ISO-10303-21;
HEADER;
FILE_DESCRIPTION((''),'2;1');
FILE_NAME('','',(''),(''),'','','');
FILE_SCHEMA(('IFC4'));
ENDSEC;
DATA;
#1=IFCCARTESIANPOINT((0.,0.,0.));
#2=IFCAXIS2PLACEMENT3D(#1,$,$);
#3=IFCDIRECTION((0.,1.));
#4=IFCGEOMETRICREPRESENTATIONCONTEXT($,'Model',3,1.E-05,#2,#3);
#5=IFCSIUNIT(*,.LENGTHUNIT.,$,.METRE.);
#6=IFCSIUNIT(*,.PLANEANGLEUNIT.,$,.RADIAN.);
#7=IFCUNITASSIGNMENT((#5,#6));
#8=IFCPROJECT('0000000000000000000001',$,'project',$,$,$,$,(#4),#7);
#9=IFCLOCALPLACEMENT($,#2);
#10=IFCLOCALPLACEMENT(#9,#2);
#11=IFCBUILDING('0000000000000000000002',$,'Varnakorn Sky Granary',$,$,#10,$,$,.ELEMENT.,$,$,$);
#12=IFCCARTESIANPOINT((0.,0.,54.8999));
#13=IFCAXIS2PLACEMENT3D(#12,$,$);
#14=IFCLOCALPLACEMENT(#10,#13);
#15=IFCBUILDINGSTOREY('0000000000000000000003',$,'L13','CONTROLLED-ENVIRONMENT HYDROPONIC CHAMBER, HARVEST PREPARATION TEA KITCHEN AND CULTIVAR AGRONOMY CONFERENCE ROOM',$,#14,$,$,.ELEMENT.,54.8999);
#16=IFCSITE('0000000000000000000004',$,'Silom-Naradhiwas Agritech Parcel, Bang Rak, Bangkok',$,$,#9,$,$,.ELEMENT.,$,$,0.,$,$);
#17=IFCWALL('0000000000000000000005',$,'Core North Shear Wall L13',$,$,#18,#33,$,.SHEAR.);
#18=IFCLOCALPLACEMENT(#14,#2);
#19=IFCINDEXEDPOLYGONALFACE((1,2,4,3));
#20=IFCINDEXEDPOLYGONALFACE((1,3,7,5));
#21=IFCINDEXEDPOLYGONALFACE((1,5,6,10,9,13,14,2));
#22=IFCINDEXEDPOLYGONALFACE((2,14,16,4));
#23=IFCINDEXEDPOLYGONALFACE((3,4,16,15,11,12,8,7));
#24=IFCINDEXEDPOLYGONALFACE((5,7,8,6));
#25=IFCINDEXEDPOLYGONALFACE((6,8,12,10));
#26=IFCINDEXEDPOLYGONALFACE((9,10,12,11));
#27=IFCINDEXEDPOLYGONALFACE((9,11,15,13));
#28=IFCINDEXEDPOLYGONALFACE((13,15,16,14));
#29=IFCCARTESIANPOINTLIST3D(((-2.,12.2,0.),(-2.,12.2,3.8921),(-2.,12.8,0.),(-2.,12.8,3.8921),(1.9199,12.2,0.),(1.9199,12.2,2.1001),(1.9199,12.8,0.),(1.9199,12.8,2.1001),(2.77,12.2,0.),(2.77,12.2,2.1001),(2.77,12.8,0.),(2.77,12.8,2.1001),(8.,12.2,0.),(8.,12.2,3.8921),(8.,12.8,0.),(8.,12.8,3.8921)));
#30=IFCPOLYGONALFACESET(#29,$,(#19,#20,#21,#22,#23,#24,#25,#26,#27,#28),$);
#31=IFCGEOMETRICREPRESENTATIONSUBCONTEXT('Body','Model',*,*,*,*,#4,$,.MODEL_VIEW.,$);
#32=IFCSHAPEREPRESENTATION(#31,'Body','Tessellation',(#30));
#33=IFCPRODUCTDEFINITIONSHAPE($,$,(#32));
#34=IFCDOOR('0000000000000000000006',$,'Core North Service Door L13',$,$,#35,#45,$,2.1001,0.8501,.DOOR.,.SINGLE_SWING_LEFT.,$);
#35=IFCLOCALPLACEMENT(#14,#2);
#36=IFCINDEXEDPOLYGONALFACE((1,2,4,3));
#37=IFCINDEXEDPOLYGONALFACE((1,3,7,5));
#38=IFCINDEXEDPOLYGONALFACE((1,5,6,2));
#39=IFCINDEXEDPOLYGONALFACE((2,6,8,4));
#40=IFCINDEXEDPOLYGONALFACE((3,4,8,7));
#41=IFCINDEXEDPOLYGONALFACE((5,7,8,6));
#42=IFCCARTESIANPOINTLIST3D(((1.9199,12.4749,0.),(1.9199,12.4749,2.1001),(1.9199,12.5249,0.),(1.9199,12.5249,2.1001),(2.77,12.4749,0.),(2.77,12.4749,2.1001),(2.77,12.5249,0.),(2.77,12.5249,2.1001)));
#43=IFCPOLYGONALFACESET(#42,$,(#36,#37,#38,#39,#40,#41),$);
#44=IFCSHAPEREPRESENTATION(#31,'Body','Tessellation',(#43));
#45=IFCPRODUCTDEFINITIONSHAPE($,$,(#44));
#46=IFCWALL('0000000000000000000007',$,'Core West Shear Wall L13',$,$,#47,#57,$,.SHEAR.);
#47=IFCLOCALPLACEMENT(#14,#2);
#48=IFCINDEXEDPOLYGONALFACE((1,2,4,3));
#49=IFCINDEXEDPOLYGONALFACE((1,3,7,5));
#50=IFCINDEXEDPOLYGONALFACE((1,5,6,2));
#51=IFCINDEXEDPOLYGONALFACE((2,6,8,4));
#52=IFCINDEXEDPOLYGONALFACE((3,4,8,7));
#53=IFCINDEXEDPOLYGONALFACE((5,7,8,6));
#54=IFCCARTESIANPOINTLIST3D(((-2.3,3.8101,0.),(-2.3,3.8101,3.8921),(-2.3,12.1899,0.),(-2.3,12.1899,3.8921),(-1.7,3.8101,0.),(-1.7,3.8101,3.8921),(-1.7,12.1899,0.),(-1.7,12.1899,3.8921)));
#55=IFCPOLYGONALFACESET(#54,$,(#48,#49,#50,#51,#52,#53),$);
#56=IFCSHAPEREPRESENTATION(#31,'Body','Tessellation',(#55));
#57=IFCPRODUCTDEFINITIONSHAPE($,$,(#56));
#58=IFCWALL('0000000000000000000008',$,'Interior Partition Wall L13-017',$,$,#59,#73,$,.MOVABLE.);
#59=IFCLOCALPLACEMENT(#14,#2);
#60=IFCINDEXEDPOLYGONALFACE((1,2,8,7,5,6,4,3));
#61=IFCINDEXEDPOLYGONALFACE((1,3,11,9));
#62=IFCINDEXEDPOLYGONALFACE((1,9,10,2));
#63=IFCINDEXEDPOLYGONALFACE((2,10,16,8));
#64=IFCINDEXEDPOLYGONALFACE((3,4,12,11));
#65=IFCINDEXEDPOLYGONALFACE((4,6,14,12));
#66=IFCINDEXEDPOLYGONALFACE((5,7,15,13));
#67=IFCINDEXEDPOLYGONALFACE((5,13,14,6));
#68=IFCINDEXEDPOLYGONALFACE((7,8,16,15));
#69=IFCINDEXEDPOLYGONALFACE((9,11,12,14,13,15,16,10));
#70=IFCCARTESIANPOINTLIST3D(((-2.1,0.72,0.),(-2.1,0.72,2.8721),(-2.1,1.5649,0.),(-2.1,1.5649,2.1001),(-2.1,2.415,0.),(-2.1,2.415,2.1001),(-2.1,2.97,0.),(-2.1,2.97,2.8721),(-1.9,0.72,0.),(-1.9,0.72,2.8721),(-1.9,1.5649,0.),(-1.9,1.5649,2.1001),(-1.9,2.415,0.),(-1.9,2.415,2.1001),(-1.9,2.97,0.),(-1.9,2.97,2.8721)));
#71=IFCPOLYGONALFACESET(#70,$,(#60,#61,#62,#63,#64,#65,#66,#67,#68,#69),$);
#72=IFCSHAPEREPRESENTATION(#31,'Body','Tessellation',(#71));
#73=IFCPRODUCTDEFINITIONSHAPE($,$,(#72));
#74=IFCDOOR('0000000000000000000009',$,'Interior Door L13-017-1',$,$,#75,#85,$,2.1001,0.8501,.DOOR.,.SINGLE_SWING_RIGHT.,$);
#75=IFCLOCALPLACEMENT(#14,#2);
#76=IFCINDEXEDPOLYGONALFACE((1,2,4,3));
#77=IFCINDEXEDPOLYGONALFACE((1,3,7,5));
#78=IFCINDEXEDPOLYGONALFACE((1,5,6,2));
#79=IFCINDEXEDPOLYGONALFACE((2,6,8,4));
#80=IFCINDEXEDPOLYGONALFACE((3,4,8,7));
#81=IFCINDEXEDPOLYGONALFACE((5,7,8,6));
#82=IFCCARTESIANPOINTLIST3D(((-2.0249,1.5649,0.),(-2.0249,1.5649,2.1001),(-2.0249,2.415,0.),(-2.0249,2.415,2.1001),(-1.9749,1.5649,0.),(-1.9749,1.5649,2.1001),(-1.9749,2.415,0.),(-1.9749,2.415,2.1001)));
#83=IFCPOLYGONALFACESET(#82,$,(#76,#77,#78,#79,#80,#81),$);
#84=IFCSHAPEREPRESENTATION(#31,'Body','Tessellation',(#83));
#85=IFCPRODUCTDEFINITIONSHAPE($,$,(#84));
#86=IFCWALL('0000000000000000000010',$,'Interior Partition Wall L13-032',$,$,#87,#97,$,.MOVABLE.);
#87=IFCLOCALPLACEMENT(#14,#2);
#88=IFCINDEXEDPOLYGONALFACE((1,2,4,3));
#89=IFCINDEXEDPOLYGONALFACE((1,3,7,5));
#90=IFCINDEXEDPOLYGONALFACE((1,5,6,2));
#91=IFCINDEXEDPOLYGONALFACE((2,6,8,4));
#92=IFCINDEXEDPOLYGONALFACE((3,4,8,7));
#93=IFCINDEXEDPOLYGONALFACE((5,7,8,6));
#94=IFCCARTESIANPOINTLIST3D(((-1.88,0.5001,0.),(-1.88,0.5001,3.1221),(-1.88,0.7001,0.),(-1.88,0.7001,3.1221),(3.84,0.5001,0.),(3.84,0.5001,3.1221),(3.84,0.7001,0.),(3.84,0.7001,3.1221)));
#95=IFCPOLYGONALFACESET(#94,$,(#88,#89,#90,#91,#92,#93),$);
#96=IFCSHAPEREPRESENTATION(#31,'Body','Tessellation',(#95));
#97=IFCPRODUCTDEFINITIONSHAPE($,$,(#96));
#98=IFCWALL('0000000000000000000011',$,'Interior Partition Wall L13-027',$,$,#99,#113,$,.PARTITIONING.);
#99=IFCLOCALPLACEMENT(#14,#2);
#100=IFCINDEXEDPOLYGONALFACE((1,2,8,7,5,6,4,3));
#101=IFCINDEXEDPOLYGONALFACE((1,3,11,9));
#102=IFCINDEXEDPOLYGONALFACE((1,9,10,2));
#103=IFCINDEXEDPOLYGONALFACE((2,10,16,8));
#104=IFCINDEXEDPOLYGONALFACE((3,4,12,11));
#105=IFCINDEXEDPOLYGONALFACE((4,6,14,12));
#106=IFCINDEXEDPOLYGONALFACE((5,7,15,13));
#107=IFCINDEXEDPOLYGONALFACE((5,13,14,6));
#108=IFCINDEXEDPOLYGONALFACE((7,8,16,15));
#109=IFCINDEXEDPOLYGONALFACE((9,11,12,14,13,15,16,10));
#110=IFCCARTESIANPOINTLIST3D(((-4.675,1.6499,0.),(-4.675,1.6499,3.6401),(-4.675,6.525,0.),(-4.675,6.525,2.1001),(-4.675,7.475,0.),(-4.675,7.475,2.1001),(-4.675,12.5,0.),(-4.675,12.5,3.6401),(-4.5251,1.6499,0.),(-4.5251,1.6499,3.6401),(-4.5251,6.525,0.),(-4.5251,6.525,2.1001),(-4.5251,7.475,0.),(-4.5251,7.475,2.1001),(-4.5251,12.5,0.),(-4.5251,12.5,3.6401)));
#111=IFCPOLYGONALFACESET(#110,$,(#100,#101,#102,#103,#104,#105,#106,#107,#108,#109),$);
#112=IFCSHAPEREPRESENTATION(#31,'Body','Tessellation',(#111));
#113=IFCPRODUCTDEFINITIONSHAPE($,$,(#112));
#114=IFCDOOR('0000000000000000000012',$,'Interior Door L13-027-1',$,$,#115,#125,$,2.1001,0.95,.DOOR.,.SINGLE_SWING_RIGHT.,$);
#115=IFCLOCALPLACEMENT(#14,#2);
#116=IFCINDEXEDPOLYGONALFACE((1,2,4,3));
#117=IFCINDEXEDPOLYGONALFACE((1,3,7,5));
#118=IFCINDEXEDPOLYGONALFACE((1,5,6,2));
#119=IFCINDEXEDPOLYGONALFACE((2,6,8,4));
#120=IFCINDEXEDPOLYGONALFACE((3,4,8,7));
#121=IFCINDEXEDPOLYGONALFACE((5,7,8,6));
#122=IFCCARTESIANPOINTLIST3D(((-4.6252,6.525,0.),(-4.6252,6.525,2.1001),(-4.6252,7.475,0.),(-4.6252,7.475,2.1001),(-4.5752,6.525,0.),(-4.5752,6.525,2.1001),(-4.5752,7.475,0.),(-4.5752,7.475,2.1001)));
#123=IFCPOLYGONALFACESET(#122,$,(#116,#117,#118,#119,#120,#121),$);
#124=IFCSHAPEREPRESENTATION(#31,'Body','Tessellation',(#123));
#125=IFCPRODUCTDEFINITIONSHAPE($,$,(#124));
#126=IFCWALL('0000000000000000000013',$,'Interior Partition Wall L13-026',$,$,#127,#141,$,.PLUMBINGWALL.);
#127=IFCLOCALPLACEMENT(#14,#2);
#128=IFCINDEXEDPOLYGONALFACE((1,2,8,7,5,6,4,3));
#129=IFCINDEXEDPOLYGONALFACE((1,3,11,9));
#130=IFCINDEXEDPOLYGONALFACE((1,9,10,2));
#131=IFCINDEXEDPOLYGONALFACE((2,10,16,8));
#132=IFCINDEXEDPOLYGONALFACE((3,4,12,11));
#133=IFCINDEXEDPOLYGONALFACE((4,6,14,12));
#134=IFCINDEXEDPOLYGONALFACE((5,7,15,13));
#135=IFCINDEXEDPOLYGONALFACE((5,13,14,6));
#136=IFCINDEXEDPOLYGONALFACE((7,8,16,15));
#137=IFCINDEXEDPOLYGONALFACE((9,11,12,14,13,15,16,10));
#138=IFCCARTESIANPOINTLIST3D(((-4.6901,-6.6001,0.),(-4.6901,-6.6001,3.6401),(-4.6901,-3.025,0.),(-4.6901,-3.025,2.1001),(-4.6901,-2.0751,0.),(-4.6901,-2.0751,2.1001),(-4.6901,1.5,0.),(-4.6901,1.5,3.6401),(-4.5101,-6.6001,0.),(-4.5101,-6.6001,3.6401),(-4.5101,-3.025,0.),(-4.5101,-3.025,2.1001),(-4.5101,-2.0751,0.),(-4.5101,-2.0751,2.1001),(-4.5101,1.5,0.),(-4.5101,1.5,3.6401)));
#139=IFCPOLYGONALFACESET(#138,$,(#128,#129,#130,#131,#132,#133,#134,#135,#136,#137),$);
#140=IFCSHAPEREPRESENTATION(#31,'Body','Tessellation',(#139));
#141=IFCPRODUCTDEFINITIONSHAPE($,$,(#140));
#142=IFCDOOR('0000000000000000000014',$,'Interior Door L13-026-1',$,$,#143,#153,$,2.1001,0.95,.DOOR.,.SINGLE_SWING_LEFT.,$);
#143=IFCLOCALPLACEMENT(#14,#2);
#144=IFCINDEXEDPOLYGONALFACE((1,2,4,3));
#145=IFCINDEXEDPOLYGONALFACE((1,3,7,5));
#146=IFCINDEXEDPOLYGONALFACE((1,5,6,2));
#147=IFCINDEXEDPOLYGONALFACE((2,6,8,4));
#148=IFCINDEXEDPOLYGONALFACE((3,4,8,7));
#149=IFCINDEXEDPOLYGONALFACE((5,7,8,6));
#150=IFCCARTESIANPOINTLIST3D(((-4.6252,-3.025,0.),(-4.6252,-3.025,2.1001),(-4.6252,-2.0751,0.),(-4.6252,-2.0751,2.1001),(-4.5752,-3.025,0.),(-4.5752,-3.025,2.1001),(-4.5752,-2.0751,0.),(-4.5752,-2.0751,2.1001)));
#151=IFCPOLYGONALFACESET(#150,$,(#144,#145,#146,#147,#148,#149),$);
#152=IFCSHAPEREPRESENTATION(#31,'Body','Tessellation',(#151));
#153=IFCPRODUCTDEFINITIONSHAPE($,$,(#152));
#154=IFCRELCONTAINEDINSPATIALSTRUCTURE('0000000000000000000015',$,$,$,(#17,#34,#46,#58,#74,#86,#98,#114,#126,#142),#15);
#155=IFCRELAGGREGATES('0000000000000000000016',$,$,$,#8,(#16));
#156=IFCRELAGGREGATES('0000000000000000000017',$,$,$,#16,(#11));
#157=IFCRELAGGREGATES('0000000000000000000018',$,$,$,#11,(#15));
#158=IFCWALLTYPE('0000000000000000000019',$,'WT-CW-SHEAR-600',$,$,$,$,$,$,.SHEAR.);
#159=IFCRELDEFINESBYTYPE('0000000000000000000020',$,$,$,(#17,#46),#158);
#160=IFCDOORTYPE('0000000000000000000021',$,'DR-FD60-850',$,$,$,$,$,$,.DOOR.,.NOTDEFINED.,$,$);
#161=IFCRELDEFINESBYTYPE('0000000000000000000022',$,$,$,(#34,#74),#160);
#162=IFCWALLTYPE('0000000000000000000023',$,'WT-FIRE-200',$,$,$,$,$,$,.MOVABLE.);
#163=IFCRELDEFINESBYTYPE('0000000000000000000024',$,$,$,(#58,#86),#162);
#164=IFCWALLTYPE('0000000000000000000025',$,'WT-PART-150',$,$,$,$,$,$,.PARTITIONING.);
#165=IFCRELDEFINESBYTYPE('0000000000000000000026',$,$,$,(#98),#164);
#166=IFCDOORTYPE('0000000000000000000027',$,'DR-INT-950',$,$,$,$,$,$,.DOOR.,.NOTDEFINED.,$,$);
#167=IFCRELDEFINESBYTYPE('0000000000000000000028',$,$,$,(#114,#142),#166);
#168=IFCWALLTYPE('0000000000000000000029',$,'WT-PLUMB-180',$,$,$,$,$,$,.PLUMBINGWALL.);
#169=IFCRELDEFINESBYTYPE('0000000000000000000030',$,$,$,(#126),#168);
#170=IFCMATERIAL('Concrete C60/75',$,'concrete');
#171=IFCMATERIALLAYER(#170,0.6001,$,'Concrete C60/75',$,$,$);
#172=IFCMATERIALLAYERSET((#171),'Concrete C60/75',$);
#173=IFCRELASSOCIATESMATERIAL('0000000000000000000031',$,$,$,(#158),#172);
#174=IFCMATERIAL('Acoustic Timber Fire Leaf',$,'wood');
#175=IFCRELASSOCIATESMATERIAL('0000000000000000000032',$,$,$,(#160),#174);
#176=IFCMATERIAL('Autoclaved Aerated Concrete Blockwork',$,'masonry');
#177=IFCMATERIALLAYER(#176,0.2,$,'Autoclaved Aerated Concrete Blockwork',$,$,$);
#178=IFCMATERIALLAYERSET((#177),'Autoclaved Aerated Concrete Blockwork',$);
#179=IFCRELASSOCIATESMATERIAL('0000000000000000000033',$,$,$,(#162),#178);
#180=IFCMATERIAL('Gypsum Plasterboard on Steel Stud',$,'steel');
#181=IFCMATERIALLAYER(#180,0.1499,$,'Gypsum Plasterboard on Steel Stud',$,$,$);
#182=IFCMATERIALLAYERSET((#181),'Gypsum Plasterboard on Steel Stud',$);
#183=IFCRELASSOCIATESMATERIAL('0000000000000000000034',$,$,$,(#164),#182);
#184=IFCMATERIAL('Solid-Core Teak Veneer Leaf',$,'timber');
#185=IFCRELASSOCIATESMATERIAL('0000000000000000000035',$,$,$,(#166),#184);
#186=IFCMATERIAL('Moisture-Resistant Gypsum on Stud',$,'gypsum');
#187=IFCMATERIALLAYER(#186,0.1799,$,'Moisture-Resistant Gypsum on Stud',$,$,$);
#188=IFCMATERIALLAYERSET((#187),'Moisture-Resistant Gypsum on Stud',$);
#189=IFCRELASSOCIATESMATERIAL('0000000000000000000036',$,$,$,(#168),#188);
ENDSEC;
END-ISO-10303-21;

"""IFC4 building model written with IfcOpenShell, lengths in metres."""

from ifc_helpers import new_model, si_unit, direction, frame, frame_2d, origin, place, context, subcontext, project, spatial, rectangle, extrude, material, layer, layer_set, type_object, element, fill, save


model = new_model("IFC4")

# Units and contexts
model_context = context("Model", 3, precision=1e-05, world=origin(), true_north=direction((0.0, 1.0)))
body_context = subcontext(model_context, "Body", "Model", "MODEL_VIEW")
ifc_project = project(units=[si_unit("LENGTHUNIT", "METRE"), si_unit("PLANEANGLEUNIT", "RADIAN")], contexts=[model_context])

# Site, building, storey
site_placement = place(None, origin())
site = spatial("IfcSite", under=ifc_project, at=site_placement, Name="Silom-Naradhiwas Agritech Parcel, Bang Rak, Bangkok", CompositionType="ELEMENT", RefElevation=0.0)
building_placement = place(site_placement, origin())
building = spatial("IfcBuilding", under=site, at=building_placement, Name="Varnakorn Sky Granary", CompositionType="ELEMENT")
storey_placement = place(building_placement, frame((0.0, 0.0, 54.8999)))
storey = spatial("IfcBuildingStorey", under=building, at=storey_placement, Name="L13", Description="CONTROLLED-ENVIRONMENT HYDROPONIC CHAMBER, HARVEST PREPARATION TEA KITCHEN AND CULTIVAR AGRONOMY CONFERENCE ROOM", CompositionType="ELEMENT", Elevation=54.8999)

# Shared definitions
ifc_material_1 = material(Name="Concrete C60/75", Category="concrete")

# Shared definitions
ifc_layer_1 = layer(ifc_material_1, 0.6001, Name="Concrete C60/75")
ifc_layer_set_1 = layer_set([ifc_layer_1], Name="Concrete C60/75")
wall_type_1 = type_object("IfcWallType", Name="WT-CW-SHEAR-600", PredefinedType="SHEAR", material=ifc_layer_set_1)

# Wall, opening, door
wall_1_placement = place(storey_placement, frame((-2.0, 12.5, 0.0), z_axis=(0.0, 0.0, 1.0), x_axis=(1.0, 0.0, 0.0)))
wall_1 = element("IfcWall", 1, at=wall_1_placement, inside=storey, type_object=wall_type_1, Name="Core North Shear Wall L13", PredefinedType="SHEAR", context=body_context, shape_type="SweptSolid", body=[
    extrude(rectangle(XDim=10.0, YDim=0.6001, at=frame_2d((5.0, 0.0))), origin(), (0.0, 0.0, 1.0), 3.8921),
])
opening_1_placement = place(wall_1_placement, frame((3.9199, 0.0, 0.0)))
opening_1 = element("IfcOpeningElement", 2, at=opening_1_placement, cuts=wall_1, PredefinedType="OPENING", context=body_context, shape_type="SweptSolid", body=[
    extrude(rectangle(XDim=0.8501, YDim=2.1001, at=frame_2d((0.425, 1.05))), frame((0.0, 0.3101, 0.0), z_axis=(0.0, -1.0, 0.0), x_axis=(1.0, 0.0, 0.0)), (0.0, 0.0, 1.0), 0.6201),
])
ifc_material_2 = material(Name="Acoustic Timber Fire Leaf", Category="wood")
door_type_1 = type_object("IfcDoorType", Name="DR-FD60-850", OperationType="NOTDEFINED", PredefinedType="DOOR", material=ifc_material_2)
door_1_placement = place(opening_1_placement, origin())
door_1 = element("IfcDoor", 3, at=door_1_placement, inside=storey, type_object=door_type_1, Name="Core North Service Door L13", OperationType="SINGLE_SWING_LEFT", OverallHeight=2.1001, OverallWidth=0.8501, PredefinedType="DOOR", context=body_context, shape_type="SweptSolid", body=[
    extrude(rectangle(XDim=0.8501, YDim=2.1001, at=frame_2d((0.425, 1.05))), frame((0.0, 0.0249, 0.0), z_axis=(0.0, -1.0, 0.0), x_axis=(1.0, 0.0, 0.0)), (0.0, 0.0, 1.0), 0.05),
])
fill(opening_1, door_1)

# Wall
wall_2_placement = place(storey_placement, frame((-2.0, 3.8101, 0.0), z_axis=(0.0, 0.0, 1.0), x_axis=(0.0, 1.0, 0.0)))
element("IfcWall", 4, at=wall_2_placement, inside=storey, type_object=wall_type_1, Name="Core West Shear Wall L13", PredefinedType="SHEAR", context=body_context, shape_type="SweptSolid", body=[
    extrude(rectangle(XDim=8.3799, YDim=0.6001, at=frame_2d((4.1899, 0.0))), origin(), (0.0, 0.0, 1.0), 3.8921),
])

# Wall, opening, door
ifc_material_3 = material(Name="Autoclaved Aerated Concrete Blockwork", Category="masonry")
ifc_layer_2 = layer(ifc_material_3, 0.2, Name="Autoclaved Aerated Concrete Blockwork")
ifc_layer_set_2 = layer_set([ifc_layer_2], Name="Autoclaved Aerated Concrete Blockwork")
wall_type_2 = type_object("IfcWallType", Name="WT-FIRE-200", PredefinedType="MOVABLE", material=ifc_layer_set_2)
wall_3_placement = place(storey_placement, frame((-2.0, 0.72, 0.0), z_axis=(0.0, 0.0, 1.0), x_axis=(0.0, 1.0, 0.0)))
wall_3 = element("IfcWall", 5, at=wall_3_placement, inside=storey, type_object=wall_type_2, Name="Interior Partition Wall L13-017", PredefinedType="MOVABLE", context=body_context, shape_type="SweptSolid", body=[
    extrude(rectangle(XDim=2.25, YDim=0.2, at=frame_2d((1.125, 0.0))), origin(), (0.0, 0.0, 1.0), 2.8721),
])
opening_2_placement = place(wall_3_placement, frame((0.845, 0.0, 0.0)))
opening_2 = element("IfcOpeningElement", 6, at=opening_2_placement, cuts=wall_3, PredefinedType="OPENING", context=body_context, shape_type="SweptSolid", body=[
    extrude(rectangle(XDim=0.8501, YDim=2.1001, at=frame_2d((0.425, 1.05))), frame((0.0, 0.1099, 0.0), z_axis=(0.0, -1.0, 0.0), x_axis=(1.0, 0.0, 0.0)), (0.0, 0.0, 1.0), 0.22),
])
door_2_placement = place(opening_2_placement, origin())
door_2 = element("IfcDoor", 7, at=door_2_placement, inside=storey, type_object=door_type_1, Name="Interior Door L13-017-1", OperationType="SINGLE_SWING_RIGHT", OverallHeight=2.1001, OverallWidth=0.8501, PredefinedType="DOOR", context=body_context, shape_type="SweptSolid", body=[
    extrude(rectangle(XDim=0.8501, YDim=2.1001, at=frame_2d((0.425, 1.05))), frame((0.0, 0.0249, 0.0), z_axis=(0.0, -1.0, 0.0), x_axis=(1.0, 0.0, 0.0)), (0.0, 0.0, 1.0), 0.05),
])
fill(opening_2, door_2)

# Wall
wall_4_placement = place(storey_placement, frame((-1.8799, 0.6001, 0.0), z_axis=(0.0, 0.0, 1.0), x_axis=(1.0, 0.0, 0.0)))
element("IfcWall", 8, at=wall_4_placement, inside=storey, type_object=wall_type_2, Name="Interior Partition Wall L13-032", PredefinedType="MOVABLE", context=body_context, shape_type="SweptSolid", body=[
    extrude(rectangle(XDim=5.72, YDim=0.2, at=frame_2d((2.8599, 0.0))), origin(), (0.0, 0.0, 1.0), 3.1221),
])

# Walls, openings, doors
ifc_material_4 = material(Name="Gypsum Plasterboard on Steel Stud", Category="steel")
ifc_layer_3 = layer(ifc_material_4, 0.1499, Name="Gypsum Plasterboard on Steel Stud")
ifc_layer_set_3 = layer_set([ifc_layer_3], Name="Gypsum Plasterboard on Steel Stud")
wall_type_3 = type_object("IfcWallType", Name="WT-PART-150", PredefinedType="PARTITIONING", material=ifc_layer_set_3)
wall_5_placement = place(storey_placement, frame((-4.6001, 12.5, 0.0), z_axis=(0.0, 0.0, 1.0), x_axis=(0.0, -1.0, 0.0)))
wall_5 = element("IfcWall", 9, at=wall_5_placement, inside=storey, type_object=wall_type_3, Name="Interior Partition Wall L13-027", PredefinedType="PARTITIONING", context=body_context, shape_type="SweptSolid", body=[
    extrude(rectangle(XDim=10.8501, YDim=0.1499, at=frame_2d((5.425, 0.0))), origin(), (0.0, 0.0, 1.0), 3.6401),
])
opening_3_placement = place(wall_5_placement, frame((5.0249, 0.0, 0.0)))
opening_3 = element("IfcOpeningElement", 10, at=opening_3_placement, cuts=wall_5, PredefinedType="OPENING", context=body_context, shape_type="SweptSolid", body=[
    extrude(rectangle(XDim=0.95, YDim=2.1001, at=frame_2d((0.4751, 1.05))), frame((0.0, 0.085, 0.0), z_axis=(0.0, -1.0, 0.0), x_axis=(1.0, 0.0, 0.0)), (0.0, 0.0, 1.0), 0.1699),
])
ifc_material_5 = material(Name="Solid-Core Teak Veneer Leaf", Category="timber")
door_type_2 = type_object("IfcDoorType", Name="DR-INT-950", OperationType="NOTDEFINED", PredefinedType="DOOR", material=ifc_material_5)
door_3_placement = place(opening_3_placement, origin())
door_3 = element("IfcDoor", 11, at=door_3_placement, inside=storey, type_object=door_type_2, Name="Interior Door L13-027-1", OperationType="SINGLE_SWING_RIGHT", OverallHeight=2.1001, OverallWidth=0.95, PredefinedType="DOOR", context=body_context, shape_type="SweptSolid", body=[
    extrude(rectangle(XDim=0.95, YDim=2.1001, at=frame_2d((0.4751, 1.05))), frame((0.0, 0.0249, 0.0), z_axis=(0.0, -1.0, 0.0), x_axis=(1.0, 0.0, 0.0)), (0.0, 0.0, 1.0), 0.05),
])
fill(opening_3, door_3)
ifc_material_6 = material(Name="Moisture-Resistant Gypsum on Stud", Category="gypsum")
ifc_layer_4 = layer(ifc_material_6, 0.1799, Name="Moisture-Resistant Gypsum on Stud")
ifc_layer_set_4 = layer_set([ifc_layer_4], Name="Moisture-Resistant Gypsum on Stud")
wall_type_4 = type_object("IfcWallType", Name="WT-PLUMB-180", PredefinedType="PLUMBINGWALL", material=ifc_layer_set_4)
wall_6_placement = place(storey_placement, frame((-4.6001, 1.5, 0.0), z_axis=(0.0, 0.0, 1.0), x_axis=(0.0, -1.0, 0.0)))
wall_6 = element("IfcWall", 12, at=wall_6_placement, inside=storey, type_object=wall_type_4, Name="Interior Partition Wall L13-026", PredefinedType="PLUMBINGWALL", context=body_context, shape_type="SweptSolid", body=[
    extrude(rectangle(XDim=8.1001, YDim=0.1799, at=frame_2d((4.05, 0.0))), origin(), (0.0, 0.0, 1.0), 3.6401),
])
opening_4_placement = place(wall_6_placement, frame((3.575, 0.0, 0.0)))
opening_4 = element("IfcOpeningElement", 13, at=opening_4_placement, cuts=wall_6, PredefinedType="OPENING", context=body_context, shape_type="SweptSolid", body=[
    extrude(rectangle(XDim=0.95, YDim=2.1001, at=frame_2d((0.4751, 1.05))), frame((0.0, 0.1001, 0.0), z_axis=(0.0, -1.0, 0.0), x_axis=(1.0, 0.0, 0.0)), (0.0, 0.0, 1.0), 0.2),
])
door_4_placement = place(opening_4_placement, origin())
door_4 = element("IfcDoor", 14, at=door_4_placement, inside=storey, type_object=door_type_2, Name="Interior Door L13-026-1", OperationType="SINGLE_SWING_LEFT", OverallHeight=2.1001, OverallWidth=0.95, PredefinedType="DOOR", context=body_context, shape_type="SweptSolid", body=[
    extrude(rectangle(XDim=0.95, YDim=2.1001, at=frame_2d((0.4751, 1.05))), frame((0.0, 0.0249, 0.0), z_axis=(0.0, -1.0, 0.0), x_axis=(1.0, 0.0, 0.0)), (0.0, 0.0, 1.0), 0.05),
])
fill(opening_4, door_4)

save(model, "model.ifc")
